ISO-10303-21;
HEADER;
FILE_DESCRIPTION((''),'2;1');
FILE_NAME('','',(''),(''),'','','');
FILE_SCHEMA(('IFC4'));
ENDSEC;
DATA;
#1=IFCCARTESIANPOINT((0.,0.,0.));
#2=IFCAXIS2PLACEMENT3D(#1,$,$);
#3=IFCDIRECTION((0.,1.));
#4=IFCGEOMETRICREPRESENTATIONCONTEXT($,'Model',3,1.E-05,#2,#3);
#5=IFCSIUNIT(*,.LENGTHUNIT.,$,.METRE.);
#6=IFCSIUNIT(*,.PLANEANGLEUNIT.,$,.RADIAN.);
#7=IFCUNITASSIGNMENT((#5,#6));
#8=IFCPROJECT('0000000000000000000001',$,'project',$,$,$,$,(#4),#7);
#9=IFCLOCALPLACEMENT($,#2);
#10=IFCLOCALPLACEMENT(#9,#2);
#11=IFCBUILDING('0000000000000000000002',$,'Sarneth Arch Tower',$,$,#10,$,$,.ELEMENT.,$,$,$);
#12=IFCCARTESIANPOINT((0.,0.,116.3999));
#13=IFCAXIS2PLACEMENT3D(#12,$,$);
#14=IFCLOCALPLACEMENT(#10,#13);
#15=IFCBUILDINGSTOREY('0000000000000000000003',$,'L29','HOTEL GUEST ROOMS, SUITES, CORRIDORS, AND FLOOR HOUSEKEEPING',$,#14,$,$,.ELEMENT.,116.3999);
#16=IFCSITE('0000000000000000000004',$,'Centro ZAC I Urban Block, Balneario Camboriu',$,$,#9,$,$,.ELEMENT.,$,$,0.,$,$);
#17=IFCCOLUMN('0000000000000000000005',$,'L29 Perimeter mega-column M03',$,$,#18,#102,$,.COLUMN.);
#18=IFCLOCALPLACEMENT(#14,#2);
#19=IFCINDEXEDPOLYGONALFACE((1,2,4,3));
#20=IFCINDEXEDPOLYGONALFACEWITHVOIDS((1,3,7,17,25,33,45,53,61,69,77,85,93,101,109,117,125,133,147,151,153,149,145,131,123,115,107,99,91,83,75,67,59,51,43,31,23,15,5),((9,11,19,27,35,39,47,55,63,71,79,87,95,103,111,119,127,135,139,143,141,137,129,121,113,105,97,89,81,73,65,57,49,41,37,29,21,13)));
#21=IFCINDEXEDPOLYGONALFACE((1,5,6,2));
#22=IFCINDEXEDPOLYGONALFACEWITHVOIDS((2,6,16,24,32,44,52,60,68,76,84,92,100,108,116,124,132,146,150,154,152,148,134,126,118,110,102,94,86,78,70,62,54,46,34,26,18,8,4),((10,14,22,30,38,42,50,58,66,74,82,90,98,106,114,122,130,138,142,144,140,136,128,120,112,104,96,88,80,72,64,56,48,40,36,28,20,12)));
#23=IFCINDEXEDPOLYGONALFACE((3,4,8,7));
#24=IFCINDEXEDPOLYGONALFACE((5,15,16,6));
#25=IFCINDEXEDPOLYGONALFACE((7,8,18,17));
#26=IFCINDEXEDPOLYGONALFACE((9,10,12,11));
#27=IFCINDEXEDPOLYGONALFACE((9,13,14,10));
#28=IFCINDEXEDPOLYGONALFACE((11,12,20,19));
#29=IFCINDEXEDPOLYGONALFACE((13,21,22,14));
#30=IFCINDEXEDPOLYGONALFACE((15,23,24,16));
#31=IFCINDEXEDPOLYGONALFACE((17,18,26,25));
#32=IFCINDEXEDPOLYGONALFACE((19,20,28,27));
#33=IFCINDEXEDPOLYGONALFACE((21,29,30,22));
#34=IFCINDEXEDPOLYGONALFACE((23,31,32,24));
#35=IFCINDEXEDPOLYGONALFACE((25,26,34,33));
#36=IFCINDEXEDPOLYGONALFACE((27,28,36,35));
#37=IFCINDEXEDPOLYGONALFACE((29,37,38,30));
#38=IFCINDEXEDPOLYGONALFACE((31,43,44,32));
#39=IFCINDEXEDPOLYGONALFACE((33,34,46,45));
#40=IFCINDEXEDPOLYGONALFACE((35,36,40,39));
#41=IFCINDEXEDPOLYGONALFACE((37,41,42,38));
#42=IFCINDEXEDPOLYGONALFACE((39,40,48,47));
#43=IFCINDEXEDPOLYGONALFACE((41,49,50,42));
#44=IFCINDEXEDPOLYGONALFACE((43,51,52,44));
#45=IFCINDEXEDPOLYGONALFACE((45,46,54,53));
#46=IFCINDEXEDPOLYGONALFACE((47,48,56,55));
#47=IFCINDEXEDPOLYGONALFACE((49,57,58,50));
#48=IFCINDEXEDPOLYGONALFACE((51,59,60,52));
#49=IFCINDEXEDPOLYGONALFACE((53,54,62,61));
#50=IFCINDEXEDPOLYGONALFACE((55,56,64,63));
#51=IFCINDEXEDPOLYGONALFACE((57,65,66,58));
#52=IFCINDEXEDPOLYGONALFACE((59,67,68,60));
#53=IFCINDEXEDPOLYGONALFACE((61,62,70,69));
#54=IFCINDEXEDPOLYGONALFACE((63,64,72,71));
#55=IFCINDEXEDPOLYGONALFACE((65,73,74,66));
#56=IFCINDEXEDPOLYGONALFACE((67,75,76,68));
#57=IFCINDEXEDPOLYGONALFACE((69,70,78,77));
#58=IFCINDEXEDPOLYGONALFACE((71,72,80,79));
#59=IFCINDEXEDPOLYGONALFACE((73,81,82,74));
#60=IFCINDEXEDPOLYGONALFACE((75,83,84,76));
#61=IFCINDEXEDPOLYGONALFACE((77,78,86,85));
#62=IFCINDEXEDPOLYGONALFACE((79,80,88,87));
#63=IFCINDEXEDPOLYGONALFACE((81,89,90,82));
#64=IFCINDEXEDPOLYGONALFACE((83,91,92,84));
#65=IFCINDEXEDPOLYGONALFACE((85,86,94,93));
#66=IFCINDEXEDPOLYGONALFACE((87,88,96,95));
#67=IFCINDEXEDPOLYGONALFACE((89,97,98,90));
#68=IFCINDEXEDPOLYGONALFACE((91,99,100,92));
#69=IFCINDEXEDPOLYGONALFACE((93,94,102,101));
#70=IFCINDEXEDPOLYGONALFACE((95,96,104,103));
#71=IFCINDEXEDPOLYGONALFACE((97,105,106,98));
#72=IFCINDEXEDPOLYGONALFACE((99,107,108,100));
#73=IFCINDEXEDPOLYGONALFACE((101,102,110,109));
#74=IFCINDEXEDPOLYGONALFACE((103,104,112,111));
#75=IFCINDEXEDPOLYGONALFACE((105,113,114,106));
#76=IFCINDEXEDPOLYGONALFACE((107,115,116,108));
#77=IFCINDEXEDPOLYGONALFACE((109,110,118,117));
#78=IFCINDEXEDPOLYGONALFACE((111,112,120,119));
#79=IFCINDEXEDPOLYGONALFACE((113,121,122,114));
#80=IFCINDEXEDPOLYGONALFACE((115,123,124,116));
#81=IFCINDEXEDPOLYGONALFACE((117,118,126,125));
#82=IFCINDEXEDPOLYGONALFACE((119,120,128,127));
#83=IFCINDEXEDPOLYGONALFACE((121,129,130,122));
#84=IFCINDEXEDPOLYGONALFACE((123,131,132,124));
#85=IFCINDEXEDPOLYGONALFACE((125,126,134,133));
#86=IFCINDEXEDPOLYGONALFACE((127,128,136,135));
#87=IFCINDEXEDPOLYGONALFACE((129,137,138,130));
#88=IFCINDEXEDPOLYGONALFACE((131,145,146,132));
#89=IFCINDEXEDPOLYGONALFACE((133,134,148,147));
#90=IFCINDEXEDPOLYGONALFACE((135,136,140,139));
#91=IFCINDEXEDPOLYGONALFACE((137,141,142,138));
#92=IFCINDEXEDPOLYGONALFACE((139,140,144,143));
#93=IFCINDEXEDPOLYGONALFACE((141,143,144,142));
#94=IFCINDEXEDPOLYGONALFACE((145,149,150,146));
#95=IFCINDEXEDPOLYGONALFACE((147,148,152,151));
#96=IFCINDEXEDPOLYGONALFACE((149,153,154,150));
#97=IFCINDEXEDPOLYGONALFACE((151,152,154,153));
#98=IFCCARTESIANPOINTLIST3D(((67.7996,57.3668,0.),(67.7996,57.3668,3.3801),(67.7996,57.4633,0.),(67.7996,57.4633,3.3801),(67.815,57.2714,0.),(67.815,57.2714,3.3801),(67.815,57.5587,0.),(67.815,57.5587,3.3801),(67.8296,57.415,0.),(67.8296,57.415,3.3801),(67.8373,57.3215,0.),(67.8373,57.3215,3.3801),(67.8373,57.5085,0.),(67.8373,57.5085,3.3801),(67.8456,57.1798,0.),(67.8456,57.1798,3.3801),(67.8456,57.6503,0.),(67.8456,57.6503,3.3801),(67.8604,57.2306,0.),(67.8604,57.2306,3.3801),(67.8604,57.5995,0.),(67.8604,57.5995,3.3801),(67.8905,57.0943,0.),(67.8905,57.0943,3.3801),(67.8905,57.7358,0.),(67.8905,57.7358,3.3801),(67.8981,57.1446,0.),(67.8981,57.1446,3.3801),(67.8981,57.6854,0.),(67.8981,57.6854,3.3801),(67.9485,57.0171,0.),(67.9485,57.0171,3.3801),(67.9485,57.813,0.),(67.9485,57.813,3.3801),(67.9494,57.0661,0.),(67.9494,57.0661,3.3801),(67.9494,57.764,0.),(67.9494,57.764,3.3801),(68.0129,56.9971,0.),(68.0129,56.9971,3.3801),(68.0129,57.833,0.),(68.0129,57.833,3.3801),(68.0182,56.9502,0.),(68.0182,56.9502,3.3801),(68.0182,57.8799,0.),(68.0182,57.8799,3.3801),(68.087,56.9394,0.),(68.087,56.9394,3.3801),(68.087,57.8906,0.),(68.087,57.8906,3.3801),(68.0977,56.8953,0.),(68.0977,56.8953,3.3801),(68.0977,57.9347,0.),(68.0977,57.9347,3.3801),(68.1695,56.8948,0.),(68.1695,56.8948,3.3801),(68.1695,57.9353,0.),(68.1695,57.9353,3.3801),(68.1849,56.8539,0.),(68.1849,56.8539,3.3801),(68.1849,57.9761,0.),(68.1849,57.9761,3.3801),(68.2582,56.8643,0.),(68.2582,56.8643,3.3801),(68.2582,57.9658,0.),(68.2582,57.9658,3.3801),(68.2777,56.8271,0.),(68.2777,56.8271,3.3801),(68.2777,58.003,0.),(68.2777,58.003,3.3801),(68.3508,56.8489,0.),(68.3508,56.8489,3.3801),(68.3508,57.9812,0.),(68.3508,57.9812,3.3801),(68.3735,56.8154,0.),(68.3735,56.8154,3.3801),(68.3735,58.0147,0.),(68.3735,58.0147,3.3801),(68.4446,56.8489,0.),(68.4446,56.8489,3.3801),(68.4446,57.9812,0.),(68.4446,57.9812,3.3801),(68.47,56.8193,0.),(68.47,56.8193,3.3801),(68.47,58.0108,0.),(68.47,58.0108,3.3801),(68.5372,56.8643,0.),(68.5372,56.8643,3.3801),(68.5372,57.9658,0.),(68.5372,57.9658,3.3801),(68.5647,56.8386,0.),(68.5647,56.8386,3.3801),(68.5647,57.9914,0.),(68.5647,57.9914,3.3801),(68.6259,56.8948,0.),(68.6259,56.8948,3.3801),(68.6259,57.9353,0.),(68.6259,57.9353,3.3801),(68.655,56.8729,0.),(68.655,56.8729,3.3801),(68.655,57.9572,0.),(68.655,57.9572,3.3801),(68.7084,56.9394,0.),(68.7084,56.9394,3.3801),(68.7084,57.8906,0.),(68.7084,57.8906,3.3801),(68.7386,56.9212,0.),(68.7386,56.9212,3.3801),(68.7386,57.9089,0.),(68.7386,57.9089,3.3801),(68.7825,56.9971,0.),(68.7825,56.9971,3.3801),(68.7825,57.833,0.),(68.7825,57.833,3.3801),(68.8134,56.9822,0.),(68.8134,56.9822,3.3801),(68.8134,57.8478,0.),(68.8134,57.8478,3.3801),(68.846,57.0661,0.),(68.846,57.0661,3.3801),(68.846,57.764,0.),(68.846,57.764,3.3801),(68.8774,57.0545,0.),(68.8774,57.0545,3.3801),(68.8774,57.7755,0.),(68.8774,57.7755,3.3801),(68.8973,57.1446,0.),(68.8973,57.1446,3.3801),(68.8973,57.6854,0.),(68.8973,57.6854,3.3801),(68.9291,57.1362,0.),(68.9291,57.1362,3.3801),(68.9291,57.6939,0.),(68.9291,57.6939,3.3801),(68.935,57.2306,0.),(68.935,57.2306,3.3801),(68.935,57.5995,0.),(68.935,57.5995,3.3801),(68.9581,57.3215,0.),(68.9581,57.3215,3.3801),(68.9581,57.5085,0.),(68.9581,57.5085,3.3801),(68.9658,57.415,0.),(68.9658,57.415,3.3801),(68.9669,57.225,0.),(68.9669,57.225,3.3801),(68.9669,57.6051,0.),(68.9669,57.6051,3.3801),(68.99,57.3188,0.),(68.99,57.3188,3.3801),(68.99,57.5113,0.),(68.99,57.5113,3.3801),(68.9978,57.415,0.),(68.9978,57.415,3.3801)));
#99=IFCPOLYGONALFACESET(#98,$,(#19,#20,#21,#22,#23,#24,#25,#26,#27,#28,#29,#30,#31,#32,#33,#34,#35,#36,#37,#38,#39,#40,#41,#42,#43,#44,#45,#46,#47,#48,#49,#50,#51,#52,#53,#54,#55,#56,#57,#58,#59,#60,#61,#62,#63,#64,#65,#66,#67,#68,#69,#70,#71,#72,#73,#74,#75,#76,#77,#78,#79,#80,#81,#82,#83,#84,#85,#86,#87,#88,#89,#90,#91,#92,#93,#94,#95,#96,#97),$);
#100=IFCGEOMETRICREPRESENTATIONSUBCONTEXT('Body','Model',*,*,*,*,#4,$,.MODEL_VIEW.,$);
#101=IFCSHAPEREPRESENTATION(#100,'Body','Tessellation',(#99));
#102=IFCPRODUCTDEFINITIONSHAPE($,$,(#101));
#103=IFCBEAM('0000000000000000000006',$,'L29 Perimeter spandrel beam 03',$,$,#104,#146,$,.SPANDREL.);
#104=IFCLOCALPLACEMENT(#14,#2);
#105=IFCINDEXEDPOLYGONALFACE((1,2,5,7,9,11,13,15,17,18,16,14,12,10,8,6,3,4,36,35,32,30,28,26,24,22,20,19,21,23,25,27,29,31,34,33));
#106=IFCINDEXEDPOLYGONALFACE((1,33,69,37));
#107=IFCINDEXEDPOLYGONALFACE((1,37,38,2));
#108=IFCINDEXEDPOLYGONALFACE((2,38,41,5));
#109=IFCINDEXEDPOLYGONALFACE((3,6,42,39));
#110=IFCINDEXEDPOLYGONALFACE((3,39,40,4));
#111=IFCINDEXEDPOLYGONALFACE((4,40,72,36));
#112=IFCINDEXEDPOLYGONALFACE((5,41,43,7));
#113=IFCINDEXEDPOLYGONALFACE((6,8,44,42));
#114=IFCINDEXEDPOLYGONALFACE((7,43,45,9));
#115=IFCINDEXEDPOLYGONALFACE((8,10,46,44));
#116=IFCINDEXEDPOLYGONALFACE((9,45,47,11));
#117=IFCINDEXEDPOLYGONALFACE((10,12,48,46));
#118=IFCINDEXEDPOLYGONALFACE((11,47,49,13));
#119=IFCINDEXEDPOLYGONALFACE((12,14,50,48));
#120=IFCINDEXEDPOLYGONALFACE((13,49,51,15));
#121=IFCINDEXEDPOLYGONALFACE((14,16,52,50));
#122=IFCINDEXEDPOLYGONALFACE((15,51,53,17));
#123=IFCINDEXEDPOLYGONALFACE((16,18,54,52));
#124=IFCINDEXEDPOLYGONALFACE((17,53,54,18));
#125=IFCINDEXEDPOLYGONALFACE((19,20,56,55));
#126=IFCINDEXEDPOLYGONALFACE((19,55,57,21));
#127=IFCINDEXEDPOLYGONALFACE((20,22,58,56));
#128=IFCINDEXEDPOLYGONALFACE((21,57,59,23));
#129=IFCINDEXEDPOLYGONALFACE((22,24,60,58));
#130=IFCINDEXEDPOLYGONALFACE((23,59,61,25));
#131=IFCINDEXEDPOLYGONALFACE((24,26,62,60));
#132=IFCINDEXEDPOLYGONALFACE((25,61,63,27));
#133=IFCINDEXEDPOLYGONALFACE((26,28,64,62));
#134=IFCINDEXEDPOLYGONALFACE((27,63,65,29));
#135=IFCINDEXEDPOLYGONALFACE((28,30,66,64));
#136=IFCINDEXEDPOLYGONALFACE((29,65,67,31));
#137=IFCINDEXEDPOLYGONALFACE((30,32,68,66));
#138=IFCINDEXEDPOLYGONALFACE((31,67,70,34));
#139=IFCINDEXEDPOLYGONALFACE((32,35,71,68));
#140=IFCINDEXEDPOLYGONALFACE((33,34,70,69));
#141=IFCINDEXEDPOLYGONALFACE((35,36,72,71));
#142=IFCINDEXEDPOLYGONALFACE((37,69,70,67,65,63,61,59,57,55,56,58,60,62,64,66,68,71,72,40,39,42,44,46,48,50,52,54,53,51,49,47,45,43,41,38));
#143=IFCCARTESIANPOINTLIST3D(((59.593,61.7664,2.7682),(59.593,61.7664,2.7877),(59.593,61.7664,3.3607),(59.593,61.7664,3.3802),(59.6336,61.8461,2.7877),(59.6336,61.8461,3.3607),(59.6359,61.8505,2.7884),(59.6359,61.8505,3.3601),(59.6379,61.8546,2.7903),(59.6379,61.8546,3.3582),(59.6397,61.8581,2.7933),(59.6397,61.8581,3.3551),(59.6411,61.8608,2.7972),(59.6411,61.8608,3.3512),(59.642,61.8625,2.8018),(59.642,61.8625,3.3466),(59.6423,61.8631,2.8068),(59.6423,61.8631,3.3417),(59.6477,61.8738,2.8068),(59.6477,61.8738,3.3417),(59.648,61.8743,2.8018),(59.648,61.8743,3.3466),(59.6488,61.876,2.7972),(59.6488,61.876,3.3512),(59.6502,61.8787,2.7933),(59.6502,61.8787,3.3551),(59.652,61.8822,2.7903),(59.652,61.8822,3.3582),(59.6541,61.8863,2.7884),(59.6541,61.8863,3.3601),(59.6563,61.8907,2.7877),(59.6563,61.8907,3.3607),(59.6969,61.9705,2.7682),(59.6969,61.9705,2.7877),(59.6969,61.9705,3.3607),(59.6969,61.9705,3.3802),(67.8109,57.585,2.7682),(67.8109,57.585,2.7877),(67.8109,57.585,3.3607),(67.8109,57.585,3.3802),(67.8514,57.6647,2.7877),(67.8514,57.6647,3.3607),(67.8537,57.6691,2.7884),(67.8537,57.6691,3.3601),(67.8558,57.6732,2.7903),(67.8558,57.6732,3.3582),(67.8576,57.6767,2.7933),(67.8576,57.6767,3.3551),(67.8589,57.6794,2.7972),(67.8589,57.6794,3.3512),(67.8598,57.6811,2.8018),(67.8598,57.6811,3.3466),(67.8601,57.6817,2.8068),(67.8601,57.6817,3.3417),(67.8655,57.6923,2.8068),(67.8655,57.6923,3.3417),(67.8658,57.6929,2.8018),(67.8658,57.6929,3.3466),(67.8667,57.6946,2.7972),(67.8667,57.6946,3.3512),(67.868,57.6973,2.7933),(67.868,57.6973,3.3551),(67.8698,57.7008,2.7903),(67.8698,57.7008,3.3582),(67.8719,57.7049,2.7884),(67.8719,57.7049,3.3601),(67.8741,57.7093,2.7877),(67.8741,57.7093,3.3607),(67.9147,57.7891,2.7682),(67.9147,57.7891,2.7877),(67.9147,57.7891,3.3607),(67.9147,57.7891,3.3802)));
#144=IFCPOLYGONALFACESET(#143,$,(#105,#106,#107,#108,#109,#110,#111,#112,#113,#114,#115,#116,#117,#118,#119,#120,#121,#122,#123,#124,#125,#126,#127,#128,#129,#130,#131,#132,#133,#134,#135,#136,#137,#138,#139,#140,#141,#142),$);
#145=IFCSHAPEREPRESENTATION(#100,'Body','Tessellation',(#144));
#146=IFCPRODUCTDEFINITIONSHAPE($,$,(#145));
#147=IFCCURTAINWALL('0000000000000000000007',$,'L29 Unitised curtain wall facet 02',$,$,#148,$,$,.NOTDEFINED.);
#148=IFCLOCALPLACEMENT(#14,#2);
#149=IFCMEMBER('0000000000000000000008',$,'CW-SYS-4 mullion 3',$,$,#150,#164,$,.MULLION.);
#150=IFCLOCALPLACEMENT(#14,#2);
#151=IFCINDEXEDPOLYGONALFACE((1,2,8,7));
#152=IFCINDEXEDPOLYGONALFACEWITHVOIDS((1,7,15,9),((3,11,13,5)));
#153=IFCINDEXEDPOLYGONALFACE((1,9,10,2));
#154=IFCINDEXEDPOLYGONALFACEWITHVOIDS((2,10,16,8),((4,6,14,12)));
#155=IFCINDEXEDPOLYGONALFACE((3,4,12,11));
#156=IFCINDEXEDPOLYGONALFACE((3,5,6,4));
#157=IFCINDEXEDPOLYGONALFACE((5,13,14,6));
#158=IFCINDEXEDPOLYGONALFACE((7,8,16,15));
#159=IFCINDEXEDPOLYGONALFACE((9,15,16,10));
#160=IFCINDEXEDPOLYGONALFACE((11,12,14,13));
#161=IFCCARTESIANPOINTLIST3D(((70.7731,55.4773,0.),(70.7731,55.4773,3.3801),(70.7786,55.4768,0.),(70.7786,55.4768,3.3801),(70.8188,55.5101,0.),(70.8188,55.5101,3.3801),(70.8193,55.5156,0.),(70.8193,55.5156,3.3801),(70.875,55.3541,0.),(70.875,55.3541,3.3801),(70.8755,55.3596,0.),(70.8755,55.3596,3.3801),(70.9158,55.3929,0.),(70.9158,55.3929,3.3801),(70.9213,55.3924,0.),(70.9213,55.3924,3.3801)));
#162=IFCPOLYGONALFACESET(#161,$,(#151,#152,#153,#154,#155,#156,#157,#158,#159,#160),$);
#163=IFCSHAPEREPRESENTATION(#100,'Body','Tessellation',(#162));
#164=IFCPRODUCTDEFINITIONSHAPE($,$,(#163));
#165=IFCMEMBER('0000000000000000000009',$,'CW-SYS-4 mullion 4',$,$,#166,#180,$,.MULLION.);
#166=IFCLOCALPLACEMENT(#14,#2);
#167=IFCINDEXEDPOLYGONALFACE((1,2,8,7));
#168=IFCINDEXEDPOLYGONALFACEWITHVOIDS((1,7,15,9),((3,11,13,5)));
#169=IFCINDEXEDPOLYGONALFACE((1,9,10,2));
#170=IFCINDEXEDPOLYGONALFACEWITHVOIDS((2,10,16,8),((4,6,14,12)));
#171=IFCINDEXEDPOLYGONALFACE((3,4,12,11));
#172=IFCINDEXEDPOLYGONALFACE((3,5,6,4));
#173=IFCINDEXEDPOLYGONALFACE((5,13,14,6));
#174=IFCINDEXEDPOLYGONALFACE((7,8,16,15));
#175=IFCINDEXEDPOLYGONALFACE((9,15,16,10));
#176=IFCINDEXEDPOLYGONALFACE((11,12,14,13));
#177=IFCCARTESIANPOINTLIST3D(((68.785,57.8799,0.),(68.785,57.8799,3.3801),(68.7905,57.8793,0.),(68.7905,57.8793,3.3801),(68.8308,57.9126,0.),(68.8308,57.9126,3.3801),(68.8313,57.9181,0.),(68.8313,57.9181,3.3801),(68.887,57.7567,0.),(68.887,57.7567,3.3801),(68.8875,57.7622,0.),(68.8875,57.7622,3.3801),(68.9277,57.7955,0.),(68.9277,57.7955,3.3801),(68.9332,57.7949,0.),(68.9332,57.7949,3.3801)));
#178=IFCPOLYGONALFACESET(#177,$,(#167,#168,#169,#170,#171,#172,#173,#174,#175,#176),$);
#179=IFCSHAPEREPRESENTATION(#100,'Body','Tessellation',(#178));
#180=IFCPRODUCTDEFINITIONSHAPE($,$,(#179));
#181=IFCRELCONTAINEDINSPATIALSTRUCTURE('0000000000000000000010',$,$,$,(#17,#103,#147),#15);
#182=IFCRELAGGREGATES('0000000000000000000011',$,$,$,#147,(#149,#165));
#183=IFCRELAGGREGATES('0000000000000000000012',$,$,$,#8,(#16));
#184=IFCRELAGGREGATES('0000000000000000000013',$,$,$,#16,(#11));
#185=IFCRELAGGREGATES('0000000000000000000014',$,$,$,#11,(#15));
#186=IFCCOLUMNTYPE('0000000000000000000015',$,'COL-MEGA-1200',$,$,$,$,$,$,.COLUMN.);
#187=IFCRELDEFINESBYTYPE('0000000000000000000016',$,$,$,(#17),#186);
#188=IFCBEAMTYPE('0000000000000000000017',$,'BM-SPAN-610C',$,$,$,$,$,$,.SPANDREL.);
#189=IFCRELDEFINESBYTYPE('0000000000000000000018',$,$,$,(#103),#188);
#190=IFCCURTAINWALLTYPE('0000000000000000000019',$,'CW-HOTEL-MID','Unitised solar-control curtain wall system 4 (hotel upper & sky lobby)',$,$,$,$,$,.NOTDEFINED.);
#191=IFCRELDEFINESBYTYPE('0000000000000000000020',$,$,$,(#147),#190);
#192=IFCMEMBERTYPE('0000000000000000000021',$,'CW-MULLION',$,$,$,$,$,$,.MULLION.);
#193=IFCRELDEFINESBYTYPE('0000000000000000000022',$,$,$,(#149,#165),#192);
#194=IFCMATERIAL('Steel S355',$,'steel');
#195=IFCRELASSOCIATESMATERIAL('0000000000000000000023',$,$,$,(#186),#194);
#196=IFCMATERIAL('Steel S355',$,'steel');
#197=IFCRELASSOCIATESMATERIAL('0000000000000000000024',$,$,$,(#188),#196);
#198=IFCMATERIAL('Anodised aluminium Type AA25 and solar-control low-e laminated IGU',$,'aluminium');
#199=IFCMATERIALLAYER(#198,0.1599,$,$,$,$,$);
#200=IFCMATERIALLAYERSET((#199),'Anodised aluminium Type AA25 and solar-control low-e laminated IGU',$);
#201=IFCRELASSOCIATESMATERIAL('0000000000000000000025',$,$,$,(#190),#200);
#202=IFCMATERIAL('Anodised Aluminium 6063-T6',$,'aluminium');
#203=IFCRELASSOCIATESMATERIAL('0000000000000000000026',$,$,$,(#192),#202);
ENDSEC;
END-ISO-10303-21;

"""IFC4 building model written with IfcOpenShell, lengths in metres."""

from ifc_helpers import new_model, si_unit, direction, frame, origin, origin_2d, place, context, subcontext, project, spatial, hollow_rectangle, hollow_circle, i_section, extrude, material, layer, layer_set, material_profile, profile_set, type_object, element, aggregate, save


model = new_model("IFC4")

# Units and contexts
model_context = context("Model", 3, precision=1e-05, world=origin(), true_north=direction((0.0, 1.0)))
body_context = subcontext(model_context, "Body", "Model", "MODEL_VIEW")
ifc_project = project(units=[si_unit("LENGTHUNIT", "METRE"), si_unit("PLANEANGLEUNIT", "RADIAN")], contexts=[model_context])

# Site, building, storey
site_placement = place(None, origin())
site = spatial("IfcSite", under=ifc_project, at=site_placement, Name="Centro ZAC I Urban Block, Balneario Camboriu", CompositionType="ELEMENT", RefElevation=0.0)
building_placement = place(site_placement, origin())
building = spatial("IfcBuilding", under=site, at=building_placement, Name="Sarneth Arch Tower", CompositionType="ELEMENT")
storey_placement = place(building_placement, frame((0.0, 0.0, 116.3999)))
storey = spatial("IfcBuildingStorey", under=building, at=storey_placement, Name="L29", Description="HOTEL GUEST ROOMS, SUITES, CORRIDORS, AND FLOOR HOUSEKEEPING", CompositionType="ELEMENT", Elevation=116.3999)

# Column
ifc_material_1 = material(Name="Steel S355", Category="steel")
ifc_material_profile_1 = material_profile(ifc_material_1, hollow_circle(Radius=0.6001, WallThickness=0.032, at=origin_2d()), Name="CHS1200x32")
ifc_profile_set_1 = profile_set([ifc_material_profile_1], Name="Steel S355")
column_type = type_object("IfcColumnType", Name="COL-MEGA-1200", PredefinedType="COLUMN", material=ifc_profile_set_1)
column_placement = place(storey_placement, frame((68.3977, 57.415, 0.0), z_axis=(0.0, 0.0, 1.0), x_axis=(1.0, 0.0, 0.0)))
element("IfcColumn", 1, at=column_placement, inside=storey, type_object=column_type, Name="L29 Perimeter mega-column M03", PredefinedType="COLUMN", context=body_context, shape_type="SweptSolid", body=[
    extrude(hollow_circle(Radius=0.6001, WallThickness=0.032, at=origin_2d()), origin(), (0.0, 0.0, 1.0), 3.3801),
])

# Beam
ifc_material_2 = material(Name="Steel S355", Category="steel")
ifc_material_profile_2 = material_profile(ifc_material_2, i_section(OverallWidth=0.229, OverallDepth=0.6121, WebThickness=0.012, FlangeThickness=0.0195, FilletRadius=0.019, at=origin_2d()), Name="W610x125")
ifc_profile_set_2 = profile_set([ifc_material_profile_2], Name="Steel S355")
beam_type = type_object("IfcBeamType", Name="BM-SPAN-610C", PredefinedType="SPANDREL", material=ifc_profile_set_2)
beam_placement = place(storey_placement, frame((67.8628, 57.687, 3.0742), z_axis=(-0.891259, 0.453494, 0.0), x_axis=(-0.453494, -0.891259, 0.0)))
element("IfcBeam", 2, at=beam_placement, inside=storey, type_object=beam_type, Name="L29 Perimeter spandrel beam 03", PredefinedType="SPANDREL", context=body_context, shape_type="SweptSolid", body=[
    extrude(i_section(OverallWidth=0.229, OverallDepth=0.6121, WebThickness=0.012, FlangeThickness=0.0195, FilletRadius=0.019, at=origin_2d()), origin(), (0.0, 0.0, 1.0), 9.2205),
])

# Curtain wall, members
ifc_material_3 = material(Name="Anodised aluminium Type AA25 and solar-control low-e laminated IGU", Category="aluminium")
ifc_layer_1 = layer(ifc_material_3, 0.1599)
ifc_layer_set_1 = layer_set([ifc_layer_1], Name="Anodised aluminium Type AA25 and solar-control low-e laminated IGU")
curtain_wall_type = type_object("IfcCurtainWallType", Name="CW-HOTEL-MID", Description="Unitised solar-control curtain wall system 4 (hotel upper & sky lobby)", PredefinedType="NOTDEFINED", material=ifc_layer_set_1)
curtain_wall_placement = place(storey_placement, origin())
curtain_wall = element("IfcCurtainWall", 3, at=curtain_wall_placement, inside=storey, type_object=curtain_wall_type, Name="L29 Unitised curtain wall facet 02", PredefinedType="NOTDEFINED")
ifc_material_4 = material(Name="Anodised Aluminium 6063-T6", Category="aluminium")
ifc_material_profile_3 = material_profile(ifc_material_4, hollow_rectangle(XDim=0.0601, YDim=0.1599, WallThickness=0.0039, at=origin_2d()), Name="AL-MULL-160x60x4")
ifc_profile_set_3 = profile_set([ifc_material_profile_3], Name="Anodised Aluminium 6063-T6")
member_type_1 = type_object("IfcMemberType", Name="CW-MULLION", PredefinedType="MULLION", material=ifc_profile_set_3)
member_1_placement = place(storey_placement, frame((70.8472, 55.4348, 0.0), z_axis=(0.0, 0.0, 1.0), x_axis=(-0.770438, -0.637515, 0.0)))
member_1 = element("IfcMember", 4, at=member_1_placement, type_object=member_type_1, Name="CW-SYS-4 mullion 3", PredefinedType="MULLION", context=body_context, shape_type="SweptSolid", body=[
    extrude(hollow_rectangle(XDim=0.0601, YDim=0.1599, WallThickness=0.0039, at=origin_2d()), origin(), (0.0, 0.0, 1.0), 3.3801),
])
member_2_placement = place(storey_placement, frame((68.8591, 57.8374, 0.0), z_axis=(0.0, 0.0, 1.0), x_axis=(-0.770438, -0.637515, 0.0)))
member_2 = element("IfcMember", 5, at=member_2_placement, type_object=member_type_1, Name="CW-SYS-4 mullion 4", PredefinedType="MULLION", context=body_context, shape_type="SweptSolid", body=[
    extrude(hollow_rectangle(XDim=0.0601, YDim=0.1599, WallThickness=0.0039, at=origin_2d()), origin(), (0.0, 0.0, 1.0), 3.3801),
])

aggregate(curtain_wall, [member_1, member_2])

save(model, "model.ifc")
